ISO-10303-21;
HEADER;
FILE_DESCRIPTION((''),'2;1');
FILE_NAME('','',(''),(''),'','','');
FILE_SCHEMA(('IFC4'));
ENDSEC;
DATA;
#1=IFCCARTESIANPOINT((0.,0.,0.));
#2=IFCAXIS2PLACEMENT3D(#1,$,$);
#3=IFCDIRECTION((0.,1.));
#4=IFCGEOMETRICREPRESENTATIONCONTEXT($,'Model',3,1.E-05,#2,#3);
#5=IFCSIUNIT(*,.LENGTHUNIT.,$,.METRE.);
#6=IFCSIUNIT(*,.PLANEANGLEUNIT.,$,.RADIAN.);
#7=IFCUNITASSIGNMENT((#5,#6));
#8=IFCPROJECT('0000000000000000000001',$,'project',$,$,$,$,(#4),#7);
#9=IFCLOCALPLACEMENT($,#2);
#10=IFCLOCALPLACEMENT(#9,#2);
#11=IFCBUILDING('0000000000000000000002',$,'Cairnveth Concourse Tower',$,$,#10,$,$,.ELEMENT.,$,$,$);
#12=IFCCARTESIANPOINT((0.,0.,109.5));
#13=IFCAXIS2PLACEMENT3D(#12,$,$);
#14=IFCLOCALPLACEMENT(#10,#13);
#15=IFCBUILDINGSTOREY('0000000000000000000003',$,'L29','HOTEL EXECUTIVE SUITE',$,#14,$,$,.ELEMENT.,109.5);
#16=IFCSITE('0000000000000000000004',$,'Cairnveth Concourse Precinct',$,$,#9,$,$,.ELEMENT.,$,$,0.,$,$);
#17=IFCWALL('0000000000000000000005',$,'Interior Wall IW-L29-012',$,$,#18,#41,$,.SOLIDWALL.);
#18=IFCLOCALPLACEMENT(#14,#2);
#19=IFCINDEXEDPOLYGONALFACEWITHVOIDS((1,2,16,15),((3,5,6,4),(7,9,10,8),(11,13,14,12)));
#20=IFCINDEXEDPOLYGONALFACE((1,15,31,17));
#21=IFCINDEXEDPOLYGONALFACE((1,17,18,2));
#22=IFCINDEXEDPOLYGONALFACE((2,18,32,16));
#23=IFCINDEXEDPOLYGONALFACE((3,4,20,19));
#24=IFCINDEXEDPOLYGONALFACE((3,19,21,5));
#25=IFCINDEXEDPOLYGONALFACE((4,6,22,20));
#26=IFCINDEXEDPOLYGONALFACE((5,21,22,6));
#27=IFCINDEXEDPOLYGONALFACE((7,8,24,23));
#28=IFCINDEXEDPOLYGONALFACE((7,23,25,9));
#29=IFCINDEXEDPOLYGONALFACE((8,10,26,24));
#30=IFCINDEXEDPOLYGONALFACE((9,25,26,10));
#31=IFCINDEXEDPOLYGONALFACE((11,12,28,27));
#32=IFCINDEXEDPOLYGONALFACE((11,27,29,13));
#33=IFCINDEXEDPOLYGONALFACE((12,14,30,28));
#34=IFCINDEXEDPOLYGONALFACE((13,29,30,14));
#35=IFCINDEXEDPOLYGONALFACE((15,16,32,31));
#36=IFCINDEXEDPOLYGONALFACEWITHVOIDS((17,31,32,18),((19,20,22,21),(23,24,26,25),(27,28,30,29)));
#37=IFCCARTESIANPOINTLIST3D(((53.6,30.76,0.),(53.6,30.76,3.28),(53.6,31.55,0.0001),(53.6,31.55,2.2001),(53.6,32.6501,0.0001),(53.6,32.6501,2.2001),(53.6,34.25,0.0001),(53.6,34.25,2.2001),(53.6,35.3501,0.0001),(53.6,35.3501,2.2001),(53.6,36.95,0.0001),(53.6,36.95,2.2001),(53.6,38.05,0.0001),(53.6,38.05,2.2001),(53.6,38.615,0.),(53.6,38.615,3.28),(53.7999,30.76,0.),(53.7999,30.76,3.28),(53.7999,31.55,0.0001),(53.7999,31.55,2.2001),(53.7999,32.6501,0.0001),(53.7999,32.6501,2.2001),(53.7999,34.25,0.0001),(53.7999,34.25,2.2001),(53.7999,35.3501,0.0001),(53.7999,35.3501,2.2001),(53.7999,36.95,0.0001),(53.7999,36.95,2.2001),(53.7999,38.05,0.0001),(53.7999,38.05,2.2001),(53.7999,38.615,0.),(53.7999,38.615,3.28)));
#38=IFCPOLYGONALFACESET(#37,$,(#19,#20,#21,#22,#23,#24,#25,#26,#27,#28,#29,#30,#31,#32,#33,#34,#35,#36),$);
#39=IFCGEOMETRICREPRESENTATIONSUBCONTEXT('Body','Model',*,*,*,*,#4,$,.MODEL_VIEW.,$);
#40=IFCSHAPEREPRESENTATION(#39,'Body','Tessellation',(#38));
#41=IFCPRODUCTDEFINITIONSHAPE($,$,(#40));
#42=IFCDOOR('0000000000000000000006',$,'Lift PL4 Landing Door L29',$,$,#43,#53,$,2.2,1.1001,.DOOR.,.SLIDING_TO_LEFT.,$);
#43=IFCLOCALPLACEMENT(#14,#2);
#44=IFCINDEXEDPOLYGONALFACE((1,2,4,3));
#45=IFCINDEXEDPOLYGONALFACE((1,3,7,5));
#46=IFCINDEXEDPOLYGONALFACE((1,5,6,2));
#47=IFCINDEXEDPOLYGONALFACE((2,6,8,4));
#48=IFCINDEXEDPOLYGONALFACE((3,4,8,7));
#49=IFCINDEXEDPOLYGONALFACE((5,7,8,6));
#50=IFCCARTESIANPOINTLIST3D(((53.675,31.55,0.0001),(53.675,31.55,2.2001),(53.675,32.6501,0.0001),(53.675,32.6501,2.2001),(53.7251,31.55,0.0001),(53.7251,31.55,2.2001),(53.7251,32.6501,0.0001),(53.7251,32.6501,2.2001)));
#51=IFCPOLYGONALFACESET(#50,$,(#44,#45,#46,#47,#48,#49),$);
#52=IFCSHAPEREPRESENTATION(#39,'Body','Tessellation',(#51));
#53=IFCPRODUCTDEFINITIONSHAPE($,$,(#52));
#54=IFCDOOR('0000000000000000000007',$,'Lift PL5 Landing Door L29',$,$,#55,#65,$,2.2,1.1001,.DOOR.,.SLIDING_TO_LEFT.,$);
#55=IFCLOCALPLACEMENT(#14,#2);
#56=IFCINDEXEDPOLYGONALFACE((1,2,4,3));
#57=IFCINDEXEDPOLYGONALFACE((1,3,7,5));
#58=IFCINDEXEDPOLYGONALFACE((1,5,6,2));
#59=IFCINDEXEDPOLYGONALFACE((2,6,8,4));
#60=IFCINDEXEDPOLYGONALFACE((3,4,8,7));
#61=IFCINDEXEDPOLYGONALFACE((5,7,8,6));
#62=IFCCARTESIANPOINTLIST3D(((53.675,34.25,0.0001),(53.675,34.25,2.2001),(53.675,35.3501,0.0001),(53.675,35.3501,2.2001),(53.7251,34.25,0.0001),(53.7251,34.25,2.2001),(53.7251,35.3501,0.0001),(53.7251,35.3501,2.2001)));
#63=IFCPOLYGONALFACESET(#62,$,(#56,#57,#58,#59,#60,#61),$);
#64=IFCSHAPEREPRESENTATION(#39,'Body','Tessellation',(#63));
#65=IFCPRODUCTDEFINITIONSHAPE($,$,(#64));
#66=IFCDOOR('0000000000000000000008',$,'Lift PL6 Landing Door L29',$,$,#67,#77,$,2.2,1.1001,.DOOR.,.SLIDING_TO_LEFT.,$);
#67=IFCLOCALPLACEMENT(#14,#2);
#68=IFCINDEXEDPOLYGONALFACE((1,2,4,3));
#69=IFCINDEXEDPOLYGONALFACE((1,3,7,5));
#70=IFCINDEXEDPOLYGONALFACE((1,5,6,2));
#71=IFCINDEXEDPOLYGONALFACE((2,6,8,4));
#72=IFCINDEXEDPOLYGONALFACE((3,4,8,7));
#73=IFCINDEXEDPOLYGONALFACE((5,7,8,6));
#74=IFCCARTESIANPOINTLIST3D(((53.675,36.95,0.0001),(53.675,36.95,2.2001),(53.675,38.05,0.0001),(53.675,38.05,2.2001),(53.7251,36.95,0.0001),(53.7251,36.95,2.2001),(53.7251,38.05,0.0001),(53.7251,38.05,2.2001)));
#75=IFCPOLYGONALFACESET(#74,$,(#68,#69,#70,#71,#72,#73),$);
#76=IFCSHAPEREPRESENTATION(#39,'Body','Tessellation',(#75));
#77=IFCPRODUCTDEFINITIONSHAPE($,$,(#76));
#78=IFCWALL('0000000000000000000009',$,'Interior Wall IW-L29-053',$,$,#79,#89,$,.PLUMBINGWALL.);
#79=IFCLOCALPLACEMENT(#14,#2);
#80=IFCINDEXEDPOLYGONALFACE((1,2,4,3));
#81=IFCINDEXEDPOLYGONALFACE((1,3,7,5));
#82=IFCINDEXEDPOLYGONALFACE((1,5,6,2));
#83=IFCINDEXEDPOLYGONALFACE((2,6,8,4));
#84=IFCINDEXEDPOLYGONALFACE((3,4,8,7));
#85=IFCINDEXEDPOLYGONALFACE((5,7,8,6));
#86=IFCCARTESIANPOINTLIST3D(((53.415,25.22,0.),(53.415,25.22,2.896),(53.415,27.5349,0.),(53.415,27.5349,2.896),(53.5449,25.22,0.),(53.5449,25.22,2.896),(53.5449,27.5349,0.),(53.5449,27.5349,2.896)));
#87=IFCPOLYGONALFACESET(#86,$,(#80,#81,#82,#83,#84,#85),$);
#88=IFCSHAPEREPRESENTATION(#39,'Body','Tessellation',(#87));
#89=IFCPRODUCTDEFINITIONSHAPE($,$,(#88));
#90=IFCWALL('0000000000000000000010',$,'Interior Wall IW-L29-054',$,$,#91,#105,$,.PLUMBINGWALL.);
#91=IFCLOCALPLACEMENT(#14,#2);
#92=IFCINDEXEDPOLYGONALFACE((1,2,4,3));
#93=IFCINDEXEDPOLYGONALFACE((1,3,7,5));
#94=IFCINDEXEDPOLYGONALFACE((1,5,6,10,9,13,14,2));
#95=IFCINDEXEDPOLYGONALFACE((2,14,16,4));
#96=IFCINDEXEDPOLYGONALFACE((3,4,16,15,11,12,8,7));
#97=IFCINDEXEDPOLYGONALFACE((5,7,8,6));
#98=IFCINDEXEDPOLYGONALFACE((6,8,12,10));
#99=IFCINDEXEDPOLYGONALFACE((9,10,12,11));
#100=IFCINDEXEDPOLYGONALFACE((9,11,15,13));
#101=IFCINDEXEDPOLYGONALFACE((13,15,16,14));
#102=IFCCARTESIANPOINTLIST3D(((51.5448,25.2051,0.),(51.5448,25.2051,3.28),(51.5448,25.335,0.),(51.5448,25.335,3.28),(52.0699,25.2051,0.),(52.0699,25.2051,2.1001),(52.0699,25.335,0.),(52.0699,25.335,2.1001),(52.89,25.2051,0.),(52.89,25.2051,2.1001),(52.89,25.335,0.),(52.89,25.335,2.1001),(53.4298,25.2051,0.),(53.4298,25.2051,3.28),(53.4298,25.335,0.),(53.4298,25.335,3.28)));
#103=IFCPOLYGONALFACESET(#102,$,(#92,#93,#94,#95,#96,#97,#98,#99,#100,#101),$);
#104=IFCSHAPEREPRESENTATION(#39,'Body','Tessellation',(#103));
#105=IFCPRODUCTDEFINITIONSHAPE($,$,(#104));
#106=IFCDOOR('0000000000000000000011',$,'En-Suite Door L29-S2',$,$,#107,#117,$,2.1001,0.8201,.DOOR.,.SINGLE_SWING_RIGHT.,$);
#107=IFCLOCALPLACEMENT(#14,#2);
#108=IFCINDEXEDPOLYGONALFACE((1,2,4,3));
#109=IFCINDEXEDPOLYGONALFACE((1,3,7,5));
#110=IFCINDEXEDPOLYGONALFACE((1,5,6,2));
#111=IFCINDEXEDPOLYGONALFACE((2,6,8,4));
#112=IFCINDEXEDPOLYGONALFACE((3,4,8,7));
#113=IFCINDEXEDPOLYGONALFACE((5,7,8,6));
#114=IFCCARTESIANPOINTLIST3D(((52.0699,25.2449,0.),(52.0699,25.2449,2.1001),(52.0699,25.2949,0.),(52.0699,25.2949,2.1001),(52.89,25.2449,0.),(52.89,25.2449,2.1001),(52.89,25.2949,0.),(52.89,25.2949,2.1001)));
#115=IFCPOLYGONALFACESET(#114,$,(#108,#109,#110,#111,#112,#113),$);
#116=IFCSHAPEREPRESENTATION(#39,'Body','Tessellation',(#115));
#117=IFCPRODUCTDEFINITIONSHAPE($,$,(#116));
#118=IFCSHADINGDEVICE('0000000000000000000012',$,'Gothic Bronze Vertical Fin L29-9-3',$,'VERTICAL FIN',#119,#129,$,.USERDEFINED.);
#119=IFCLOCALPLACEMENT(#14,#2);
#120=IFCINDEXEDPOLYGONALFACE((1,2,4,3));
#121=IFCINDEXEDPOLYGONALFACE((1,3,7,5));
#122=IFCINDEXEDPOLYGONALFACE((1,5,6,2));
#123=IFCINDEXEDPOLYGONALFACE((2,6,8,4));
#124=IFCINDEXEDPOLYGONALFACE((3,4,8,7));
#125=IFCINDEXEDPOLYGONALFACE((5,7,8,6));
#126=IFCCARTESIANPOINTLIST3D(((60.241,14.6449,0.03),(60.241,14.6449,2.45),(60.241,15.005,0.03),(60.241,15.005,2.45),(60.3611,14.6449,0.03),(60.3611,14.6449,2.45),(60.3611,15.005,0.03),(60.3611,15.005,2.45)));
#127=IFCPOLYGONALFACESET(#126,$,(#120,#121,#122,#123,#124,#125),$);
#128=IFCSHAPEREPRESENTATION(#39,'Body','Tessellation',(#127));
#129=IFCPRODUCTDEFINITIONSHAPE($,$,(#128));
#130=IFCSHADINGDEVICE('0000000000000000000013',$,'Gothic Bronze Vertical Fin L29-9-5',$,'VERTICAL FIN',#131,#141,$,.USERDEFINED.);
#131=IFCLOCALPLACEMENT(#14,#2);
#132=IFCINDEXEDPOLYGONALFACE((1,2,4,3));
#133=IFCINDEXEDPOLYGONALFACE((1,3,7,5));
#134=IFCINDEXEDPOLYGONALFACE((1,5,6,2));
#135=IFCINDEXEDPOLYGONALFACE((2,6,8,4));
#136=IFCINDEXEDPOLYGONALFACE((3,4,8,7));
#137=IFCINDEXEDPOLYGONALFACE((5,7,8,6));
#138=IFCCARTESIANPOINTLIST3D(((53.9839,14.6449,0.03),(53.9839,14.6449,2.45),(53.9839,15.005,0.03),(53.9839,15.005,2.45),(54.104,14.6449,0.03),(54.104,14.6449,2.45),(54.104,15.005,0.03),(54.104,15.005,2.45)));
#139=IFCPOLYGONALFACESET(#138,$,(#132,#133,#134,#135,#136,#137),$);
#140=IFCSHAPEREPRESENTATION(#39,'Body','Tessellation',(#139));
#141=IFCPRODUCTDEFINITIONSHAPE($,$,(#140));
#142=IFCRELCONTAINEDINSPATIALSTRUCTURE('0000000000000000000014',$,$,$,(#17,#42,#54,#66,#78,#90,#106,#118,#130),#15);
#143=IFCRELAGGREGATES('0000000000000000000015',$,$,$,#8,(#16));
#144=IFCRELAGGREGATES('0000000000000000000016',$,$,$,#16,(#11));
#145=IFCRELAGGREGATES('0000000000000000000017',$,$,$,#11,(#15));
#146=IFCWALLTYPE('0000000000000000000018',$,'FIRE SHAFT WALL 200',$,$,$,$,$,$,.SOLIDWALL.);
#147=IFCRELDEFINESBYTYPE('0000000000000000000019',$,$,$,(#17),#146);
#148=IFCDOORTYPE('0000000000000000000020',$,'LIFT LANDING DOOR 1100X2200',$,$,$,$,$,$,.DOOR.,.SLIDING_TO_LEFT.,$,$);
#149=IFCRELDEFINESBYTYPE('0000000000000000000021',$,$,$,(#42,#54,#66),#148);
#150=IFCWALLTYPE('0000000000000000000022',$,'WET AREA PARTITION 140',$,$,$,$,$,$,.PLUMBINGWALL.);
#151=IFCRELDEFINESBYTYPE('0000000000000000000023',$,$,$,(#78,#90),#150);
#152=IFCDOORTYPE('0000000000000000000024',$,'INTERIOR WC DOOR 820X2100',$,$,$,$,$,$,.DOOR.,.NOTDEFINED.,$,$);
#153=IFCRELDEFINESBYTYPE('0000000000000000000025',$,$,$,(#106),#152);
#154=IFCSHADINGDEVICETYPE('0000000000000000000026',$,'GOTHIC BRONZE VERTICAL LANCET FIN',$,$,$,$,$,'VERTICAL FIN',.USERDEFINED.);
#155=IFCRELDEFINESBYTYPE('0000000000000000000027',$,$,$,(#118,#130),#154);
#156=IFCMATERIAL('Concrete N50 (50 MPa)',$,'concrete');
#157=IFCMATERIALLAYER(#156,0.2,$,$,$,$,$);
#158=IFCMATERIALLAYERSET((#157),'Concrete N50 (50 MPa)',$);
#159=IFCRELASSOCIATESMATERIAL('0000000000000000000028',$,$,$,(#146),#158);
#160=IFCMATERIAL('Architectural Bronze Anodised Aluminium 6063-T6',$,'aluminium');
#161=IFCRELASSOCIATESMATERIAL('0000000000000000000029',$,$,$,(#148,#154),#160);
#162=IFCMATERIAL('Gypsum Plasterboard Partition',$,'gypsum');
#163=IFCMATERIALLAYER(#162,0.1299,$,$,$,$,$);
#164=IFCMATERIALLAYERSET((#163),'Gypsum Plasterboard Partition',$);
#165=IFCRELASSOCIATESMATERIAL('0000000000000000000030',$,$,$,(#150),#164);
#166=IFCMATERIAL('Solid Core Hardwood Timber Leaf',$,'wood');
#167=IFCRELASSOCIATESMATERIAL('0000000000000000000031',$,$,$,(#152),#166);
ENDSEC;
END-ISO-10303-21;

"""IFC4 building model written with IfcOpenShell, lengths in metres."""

from ifc_helpers import new_model, si_unit, direction, frame, frame_2d, origin, origin_2d, place, context, subcontext, project, spatial, rectangle, extrude, material, layer, layer_set, type_object, element, fill, save


model = new_model("IFC4")

# Units and contexts
model_context = context("Model", 3, precision=1e-05, world=origin(), true_north=direction((0.0, 1.0)))
body_context = subcontext(model_context, "Body", "Model", "MODEL_VIEW")
ifc_project = project(units=[si_unit("LENGTHUNIT", "METRE"), si_unit("PLANEANGLEUNIT", "RADIAN")], contexts=[model_context])

# Site, building, storey
site_placement = place(None, origin())
site = spatial("IfcSite", under=ifc_project, at=site_placement, Name="Cairnveth Concourse Precinct", CompositionType="ELEMENT", RefElevation=0.0)
building_placement = place(site_placement, origin())
building = spatial("IfcBuilding", under=site, at=building_placement, Name="Cairnveth Concourse Tower", CompositionType="ELEMENT")
storey_placement = place(building_placement, frame((0.0, 0.0, 109.5)))
storey = spatial("IfcBuildingStorey", under=building, at=storey_placement, Name="L29", Description="HOTEL EXECUTIVE SUITE", CompositionType="ELEMENT", Elevation=109.5)

# Shared definitions
ifc_material_1 = material(Name="Gypsum Plasterboard Partition", Category="gypsum")

# Wall, openings, doors
ifc_material_2 = material(Name="Concrete N50 (50 MPa)", Category="concrete")
ifc_layer_1 = layer(ifc_material_2, 0.2)
ifc_layer_set_1 = layer_set([ifc_layer_1], Name="Concrete N50 (50 MPa)")
wall_type_1 = type_object("IfcWallType", Name="FIRE SHAFT WALL 200", PredefinedType="SOLIDWALL", material=ifc_layer_set_1)
wall_1_placement = place(storey_placement, frame((53.7, 30.76, 0.0), z_axis=(0.0, 0.0, 1.0), x_axis=(0.0, 1.0, 0.0)))
wall_1 = element("IfcWall", 1, at=wall_1_placement, inside=storey, type_object=wall_type_1, Name="Interior Wall IW-L29-012", PredefinedType="SOLIDWALL", context=body_context, shape_type="SweptSolid", body=[
    extrude(rectangle(XDim=7.855, YDim=0.2, at=frame_2d((3.9275, 0.0))), origin(), (0.0, 0.0, 1.0), 3.28),
])
opening_1_placement = place(wall_1_placement, frame((0.79, 0.0, 0.0)))
opening_1 = element("IfcOpeningElement", 2, at=opening_1_placement, cuts=wall_1, PredefinedType="OPENING", context=body_context, shape_type="SweptSolid", body=[
    extrude(rectangle(XDim=1.1001, YDim=2.2, at=frame_2d((0.55, 1.1001))), frame((0.0, 0.1099, 0.0), z_axis=(0.0, -1.0, 0.0), x_axis=(1.0, 0.0, 0.0)), (0.0, 0.0, 1.0), 0.22),
])
opening_2_placement = place(wall_1_placement, frame((3.49, 0.0, 0.0)))
opening_2 = element("IfcOpeningElement", 3, at=opening_2_placement, cuts=wall_1, PredefinedType="OPENING", context=body_context, shape_type="SweptSolid", body=[
    extrude(rectangle(XDim=1.1001, YDim=2.2, at=frame_2d((0.55, 1.1001))), frame((0.0, 0.1099, 0.0), z_axis=(0.0, -1.0, 0.0), x_axis=(1.0, 0.0, 0.0)), (0.0, 0.0, 1.0), 0.22),
])
opening_3_placement = place(wall_1_placement, frame((6.1899, 0.0, 0.0)))
opening_3 = element("IfcOpeningElement", 4, at=opening_3_placement, cuts=wall_1, PredefinedType="OPENING", context=body_context, shape_type="SweptSolid", body=[
    extrude(rectangle(XDim=1.1001, YDim=2.2, at=frame_2d((0.55, 1.1001))), frame((0.0, 0.1099, 0.0), z_axis=(0.0, -1.0, 0.0), x_axis=(1.0, 0.0, 0.0)), (0.0, 0.0, 1.0), 0.22),
])
ifc_material_3 = material(Name="Architectural Bronze Anodised Aluminium 6063-T6", Category="aluminium")
door_type_1 = type_object("IfcDoorType", Name="LIFT LANDING DOOR 1100X2200", OperationType="SLIDING_TO_LEFT", PredefinedType="DOOR", material=ifc_material_3)
door_1_placement = place(opening_1_placement, origin())
door_1 = element("IfcDoor", 5, at=door_1_placement, inside=storey, type_object=door_type_1, Name="Lift PL4 Landing Door L29", OperationType="SLIDING_TO_LEFT", OverallHeight=2.2, OverallWidth=1.1001, PredefinedType="DOOR", context=body_context, shape_type="SweptSolid", body=[
    extrude(rectangle(XDim=1.1001, YDim=2.2, at=frame_2d((0.55, 1.1001))), frame((0.0, 0.0249, 0.0), z_axis=(0.0, -1.0, 0.0), x_axis=(1.0, 0.0, 0.0)), (0.0, 0.0, 1.0), 0.05),
])
fill(opening_1, door_1)
door_2_placement = place(opening_2_placement, origin())
door_2 = element("IfcDoor", 6, at=door_2_placement, inside=storey, type_object=door_type_1, Name="Lift PL5 Landing Door L29", OperationType="SLIDING_TO_LEFT", OverallHeight=2.2, OverallWidth=1.1001, PredefinedType="DOOR", context=body_context, shape_type="SweptSolid", body=[
    extrude(rectangle(XDim=1.1001, YDim=2.2, at=frame_2d((0.55, 1.1001))), frame((0.0, 0.0249, 0.0), z_axis=(0.0, -1.0, 0.0), x_axis=(1.0, 0.0, 0.0)), (0.0, 0.0, 1.0), 0.05),
])
fill(opening_2, door_2)
door_3_placement = place(opening_3_placement, origin())
door_3 = element("IfcDoor", 7, at=door_3_placement, inside=storey, type_object=door_type_1, Name="Lift PL6 Landing Door L29", OperationType="SLIDING_TO_LEFT", OverallHeight=2.2, OverallWidth=1.1001, PredefinedType="DOOR", context=body_context, shape_type="SweptSolid", body=[
    extrude(rectangle(XDim=1.1001, YDim=2.2, at=frame_2d((0.55, 1.1001))), frame((0.0, 0.0249, 0.0), z_axis=(0.0, -1.0, 0.0), x_axis=(1.0, 0.0, 0.0)), (0.0, 0.0, 1.0), 0.05),
])
fill(opening_3, door_3)

# Wall
ifc_layer_2 = layer(ifc_material_1, 0.1299)
ifc_layer_set_2 = layer_set([ifc_layer_2], Name="Gypsum Plasterboard Partition")
wall_type_2 = type_object("IfcWallType", Name="WET AREA PARTITION 140", PredefinedType="PLUMBINGWALL", material=ifc_layer_set_2)
wall_2_placement = place(storey_placement, frame((53.48, 25.22, 0.0), z_axis=(0.0, 0.0, 1.0), x_axis=(0.0, 1.0, 0.0)))
element("IfcWall", 8, at=wall_2_placement, inside=storey, type_object=wall_type_2, Name="Interior Wall IW-L29-053", PredefinedType="PLUMBINGWALL", context=body_context, shape_type="SweptSolid", body=[
    extrude(rectangle(XDim=2.3149, YDim=0.1299, at=frame_2d((1.1575, 0.0))), origin(), (0.0, 0.0, 1.0), 2.896),
])

# Wall, opening, door
wall_3_placement = place(storey_placement, frame((51.5449, 25.27, 0.0), z_axis=(0.0, 0.0, 1.0), x_axis=(1.0, 0.0, 0.0)))
wall_3 = element("IfcWall", 9, at=wall_3_placement, inside=storey, type_object=wall_type_2, Name="Interior Wall IW-L29-054", PredefinedType="PLUMBINGWALL", context=body_context, shape_type="SweptSolid", body=[
    extrude(rectangle(XDim=1.885, YDim=0.1299, at=frame_2d((0.9424, 0.0))), origin(), (0.0, 0.0, 1.0), 3.28),
])
opening_4_placement = place(wall_3_placement, frame((0.5249, 0.0, 0.0)))
opening_4 = element("IfcOpeningElement", 10, at=opening_4_placement, cuts=wall_3, PredefinedType="OPENING", context=body_context, shape_type="SweptSolid", body=[
    extrude(rectangle(XDim=0.8201, YDim=2.1001, at=frame_2d((0.4102, 1.05))), frame((0.0, 0.075, 0.0), z_axis=(0.0, -1.0, 0.0), x_axis=(1.0, 0.0, 0.0)), (0.0, 0.0, 1.0), 0.1499),
])
ifc_material_4 = material(Name="Solid Core Hardwood Timber Leaf", Category="wood")
door_type_2 = type_object("IfcDoorType", Name="INTERIOR WC DOOR 820X2100", OperationType="NOTDEFINED", PredefinedType="DOOR", material=ifc_material_4)
door_4_placement = place(opening_4_placement, origin())
door_4 = element("IfcDoor", 11, at=door_4_placement, inside=storey, type_object=door_type_2, Name="En-Suite Door L29-S2", OperationType="SINGLE_SWING_RIGHT", OverallHeight=2.1001, OverallWidth=0.8201, PredefinedType="DOOR", context=body_context, shape_type="SweptSolid", body=[
    extrude(rectangle(XDim=0.8201, YDim=2.1001, at=frame_2d((0.4102, 1.05))), frame((0.0, 0.0249, 0.0), z_axis=(0.0, -1.0, 0.0), x_axis=(1.0, 0.0, 0.0)), (0.0, 0.0, 1.0), 0.05),
])
fill(opening_4, door_4)

# Shading devices
shading_device_type = type_object("IfcShadingDeviceType", Name="GOTHIC BRONZE VERTICAL LANCET FIN", ElementType="VERTICAL FIN", PredefinedType="USERDEFINED", material=ifc_material_3)
for number, where, z_axis, x_axis, name in (
    (12, (60.301, 14.825, 0.03), (0.0, 0.0, 1.0), (1.0, 0.0, 0.0), "Gothic Bronze Vertical Fin L29-9-3"),
    (13, (54.0439, 14.825, 0.03), (0.0, 0.0, 1.0), (1.0, 0.0, 0.0), "Gothic Bronze Vertical Fin L29-9-5"),
):
    element("IfcShadingDevice", number, at=place(storey_placement, frame(where, z_axis=z_axis, x_axis=x_axis)), inside=storey, type_object=shading_device_type, Name=name, ObjectType="VERTICAL FIN", PredefinedType="USERDEFINED", context=body_context, shape_type="SweptSolid", body=[
        extrude(rectangle(XDim=0.1201, YDim=0.3601, at=origin_2d()), origin(), (0.0, 0.0, 1.0), 2.4199),
    ])

save(model, "model.ifc")
